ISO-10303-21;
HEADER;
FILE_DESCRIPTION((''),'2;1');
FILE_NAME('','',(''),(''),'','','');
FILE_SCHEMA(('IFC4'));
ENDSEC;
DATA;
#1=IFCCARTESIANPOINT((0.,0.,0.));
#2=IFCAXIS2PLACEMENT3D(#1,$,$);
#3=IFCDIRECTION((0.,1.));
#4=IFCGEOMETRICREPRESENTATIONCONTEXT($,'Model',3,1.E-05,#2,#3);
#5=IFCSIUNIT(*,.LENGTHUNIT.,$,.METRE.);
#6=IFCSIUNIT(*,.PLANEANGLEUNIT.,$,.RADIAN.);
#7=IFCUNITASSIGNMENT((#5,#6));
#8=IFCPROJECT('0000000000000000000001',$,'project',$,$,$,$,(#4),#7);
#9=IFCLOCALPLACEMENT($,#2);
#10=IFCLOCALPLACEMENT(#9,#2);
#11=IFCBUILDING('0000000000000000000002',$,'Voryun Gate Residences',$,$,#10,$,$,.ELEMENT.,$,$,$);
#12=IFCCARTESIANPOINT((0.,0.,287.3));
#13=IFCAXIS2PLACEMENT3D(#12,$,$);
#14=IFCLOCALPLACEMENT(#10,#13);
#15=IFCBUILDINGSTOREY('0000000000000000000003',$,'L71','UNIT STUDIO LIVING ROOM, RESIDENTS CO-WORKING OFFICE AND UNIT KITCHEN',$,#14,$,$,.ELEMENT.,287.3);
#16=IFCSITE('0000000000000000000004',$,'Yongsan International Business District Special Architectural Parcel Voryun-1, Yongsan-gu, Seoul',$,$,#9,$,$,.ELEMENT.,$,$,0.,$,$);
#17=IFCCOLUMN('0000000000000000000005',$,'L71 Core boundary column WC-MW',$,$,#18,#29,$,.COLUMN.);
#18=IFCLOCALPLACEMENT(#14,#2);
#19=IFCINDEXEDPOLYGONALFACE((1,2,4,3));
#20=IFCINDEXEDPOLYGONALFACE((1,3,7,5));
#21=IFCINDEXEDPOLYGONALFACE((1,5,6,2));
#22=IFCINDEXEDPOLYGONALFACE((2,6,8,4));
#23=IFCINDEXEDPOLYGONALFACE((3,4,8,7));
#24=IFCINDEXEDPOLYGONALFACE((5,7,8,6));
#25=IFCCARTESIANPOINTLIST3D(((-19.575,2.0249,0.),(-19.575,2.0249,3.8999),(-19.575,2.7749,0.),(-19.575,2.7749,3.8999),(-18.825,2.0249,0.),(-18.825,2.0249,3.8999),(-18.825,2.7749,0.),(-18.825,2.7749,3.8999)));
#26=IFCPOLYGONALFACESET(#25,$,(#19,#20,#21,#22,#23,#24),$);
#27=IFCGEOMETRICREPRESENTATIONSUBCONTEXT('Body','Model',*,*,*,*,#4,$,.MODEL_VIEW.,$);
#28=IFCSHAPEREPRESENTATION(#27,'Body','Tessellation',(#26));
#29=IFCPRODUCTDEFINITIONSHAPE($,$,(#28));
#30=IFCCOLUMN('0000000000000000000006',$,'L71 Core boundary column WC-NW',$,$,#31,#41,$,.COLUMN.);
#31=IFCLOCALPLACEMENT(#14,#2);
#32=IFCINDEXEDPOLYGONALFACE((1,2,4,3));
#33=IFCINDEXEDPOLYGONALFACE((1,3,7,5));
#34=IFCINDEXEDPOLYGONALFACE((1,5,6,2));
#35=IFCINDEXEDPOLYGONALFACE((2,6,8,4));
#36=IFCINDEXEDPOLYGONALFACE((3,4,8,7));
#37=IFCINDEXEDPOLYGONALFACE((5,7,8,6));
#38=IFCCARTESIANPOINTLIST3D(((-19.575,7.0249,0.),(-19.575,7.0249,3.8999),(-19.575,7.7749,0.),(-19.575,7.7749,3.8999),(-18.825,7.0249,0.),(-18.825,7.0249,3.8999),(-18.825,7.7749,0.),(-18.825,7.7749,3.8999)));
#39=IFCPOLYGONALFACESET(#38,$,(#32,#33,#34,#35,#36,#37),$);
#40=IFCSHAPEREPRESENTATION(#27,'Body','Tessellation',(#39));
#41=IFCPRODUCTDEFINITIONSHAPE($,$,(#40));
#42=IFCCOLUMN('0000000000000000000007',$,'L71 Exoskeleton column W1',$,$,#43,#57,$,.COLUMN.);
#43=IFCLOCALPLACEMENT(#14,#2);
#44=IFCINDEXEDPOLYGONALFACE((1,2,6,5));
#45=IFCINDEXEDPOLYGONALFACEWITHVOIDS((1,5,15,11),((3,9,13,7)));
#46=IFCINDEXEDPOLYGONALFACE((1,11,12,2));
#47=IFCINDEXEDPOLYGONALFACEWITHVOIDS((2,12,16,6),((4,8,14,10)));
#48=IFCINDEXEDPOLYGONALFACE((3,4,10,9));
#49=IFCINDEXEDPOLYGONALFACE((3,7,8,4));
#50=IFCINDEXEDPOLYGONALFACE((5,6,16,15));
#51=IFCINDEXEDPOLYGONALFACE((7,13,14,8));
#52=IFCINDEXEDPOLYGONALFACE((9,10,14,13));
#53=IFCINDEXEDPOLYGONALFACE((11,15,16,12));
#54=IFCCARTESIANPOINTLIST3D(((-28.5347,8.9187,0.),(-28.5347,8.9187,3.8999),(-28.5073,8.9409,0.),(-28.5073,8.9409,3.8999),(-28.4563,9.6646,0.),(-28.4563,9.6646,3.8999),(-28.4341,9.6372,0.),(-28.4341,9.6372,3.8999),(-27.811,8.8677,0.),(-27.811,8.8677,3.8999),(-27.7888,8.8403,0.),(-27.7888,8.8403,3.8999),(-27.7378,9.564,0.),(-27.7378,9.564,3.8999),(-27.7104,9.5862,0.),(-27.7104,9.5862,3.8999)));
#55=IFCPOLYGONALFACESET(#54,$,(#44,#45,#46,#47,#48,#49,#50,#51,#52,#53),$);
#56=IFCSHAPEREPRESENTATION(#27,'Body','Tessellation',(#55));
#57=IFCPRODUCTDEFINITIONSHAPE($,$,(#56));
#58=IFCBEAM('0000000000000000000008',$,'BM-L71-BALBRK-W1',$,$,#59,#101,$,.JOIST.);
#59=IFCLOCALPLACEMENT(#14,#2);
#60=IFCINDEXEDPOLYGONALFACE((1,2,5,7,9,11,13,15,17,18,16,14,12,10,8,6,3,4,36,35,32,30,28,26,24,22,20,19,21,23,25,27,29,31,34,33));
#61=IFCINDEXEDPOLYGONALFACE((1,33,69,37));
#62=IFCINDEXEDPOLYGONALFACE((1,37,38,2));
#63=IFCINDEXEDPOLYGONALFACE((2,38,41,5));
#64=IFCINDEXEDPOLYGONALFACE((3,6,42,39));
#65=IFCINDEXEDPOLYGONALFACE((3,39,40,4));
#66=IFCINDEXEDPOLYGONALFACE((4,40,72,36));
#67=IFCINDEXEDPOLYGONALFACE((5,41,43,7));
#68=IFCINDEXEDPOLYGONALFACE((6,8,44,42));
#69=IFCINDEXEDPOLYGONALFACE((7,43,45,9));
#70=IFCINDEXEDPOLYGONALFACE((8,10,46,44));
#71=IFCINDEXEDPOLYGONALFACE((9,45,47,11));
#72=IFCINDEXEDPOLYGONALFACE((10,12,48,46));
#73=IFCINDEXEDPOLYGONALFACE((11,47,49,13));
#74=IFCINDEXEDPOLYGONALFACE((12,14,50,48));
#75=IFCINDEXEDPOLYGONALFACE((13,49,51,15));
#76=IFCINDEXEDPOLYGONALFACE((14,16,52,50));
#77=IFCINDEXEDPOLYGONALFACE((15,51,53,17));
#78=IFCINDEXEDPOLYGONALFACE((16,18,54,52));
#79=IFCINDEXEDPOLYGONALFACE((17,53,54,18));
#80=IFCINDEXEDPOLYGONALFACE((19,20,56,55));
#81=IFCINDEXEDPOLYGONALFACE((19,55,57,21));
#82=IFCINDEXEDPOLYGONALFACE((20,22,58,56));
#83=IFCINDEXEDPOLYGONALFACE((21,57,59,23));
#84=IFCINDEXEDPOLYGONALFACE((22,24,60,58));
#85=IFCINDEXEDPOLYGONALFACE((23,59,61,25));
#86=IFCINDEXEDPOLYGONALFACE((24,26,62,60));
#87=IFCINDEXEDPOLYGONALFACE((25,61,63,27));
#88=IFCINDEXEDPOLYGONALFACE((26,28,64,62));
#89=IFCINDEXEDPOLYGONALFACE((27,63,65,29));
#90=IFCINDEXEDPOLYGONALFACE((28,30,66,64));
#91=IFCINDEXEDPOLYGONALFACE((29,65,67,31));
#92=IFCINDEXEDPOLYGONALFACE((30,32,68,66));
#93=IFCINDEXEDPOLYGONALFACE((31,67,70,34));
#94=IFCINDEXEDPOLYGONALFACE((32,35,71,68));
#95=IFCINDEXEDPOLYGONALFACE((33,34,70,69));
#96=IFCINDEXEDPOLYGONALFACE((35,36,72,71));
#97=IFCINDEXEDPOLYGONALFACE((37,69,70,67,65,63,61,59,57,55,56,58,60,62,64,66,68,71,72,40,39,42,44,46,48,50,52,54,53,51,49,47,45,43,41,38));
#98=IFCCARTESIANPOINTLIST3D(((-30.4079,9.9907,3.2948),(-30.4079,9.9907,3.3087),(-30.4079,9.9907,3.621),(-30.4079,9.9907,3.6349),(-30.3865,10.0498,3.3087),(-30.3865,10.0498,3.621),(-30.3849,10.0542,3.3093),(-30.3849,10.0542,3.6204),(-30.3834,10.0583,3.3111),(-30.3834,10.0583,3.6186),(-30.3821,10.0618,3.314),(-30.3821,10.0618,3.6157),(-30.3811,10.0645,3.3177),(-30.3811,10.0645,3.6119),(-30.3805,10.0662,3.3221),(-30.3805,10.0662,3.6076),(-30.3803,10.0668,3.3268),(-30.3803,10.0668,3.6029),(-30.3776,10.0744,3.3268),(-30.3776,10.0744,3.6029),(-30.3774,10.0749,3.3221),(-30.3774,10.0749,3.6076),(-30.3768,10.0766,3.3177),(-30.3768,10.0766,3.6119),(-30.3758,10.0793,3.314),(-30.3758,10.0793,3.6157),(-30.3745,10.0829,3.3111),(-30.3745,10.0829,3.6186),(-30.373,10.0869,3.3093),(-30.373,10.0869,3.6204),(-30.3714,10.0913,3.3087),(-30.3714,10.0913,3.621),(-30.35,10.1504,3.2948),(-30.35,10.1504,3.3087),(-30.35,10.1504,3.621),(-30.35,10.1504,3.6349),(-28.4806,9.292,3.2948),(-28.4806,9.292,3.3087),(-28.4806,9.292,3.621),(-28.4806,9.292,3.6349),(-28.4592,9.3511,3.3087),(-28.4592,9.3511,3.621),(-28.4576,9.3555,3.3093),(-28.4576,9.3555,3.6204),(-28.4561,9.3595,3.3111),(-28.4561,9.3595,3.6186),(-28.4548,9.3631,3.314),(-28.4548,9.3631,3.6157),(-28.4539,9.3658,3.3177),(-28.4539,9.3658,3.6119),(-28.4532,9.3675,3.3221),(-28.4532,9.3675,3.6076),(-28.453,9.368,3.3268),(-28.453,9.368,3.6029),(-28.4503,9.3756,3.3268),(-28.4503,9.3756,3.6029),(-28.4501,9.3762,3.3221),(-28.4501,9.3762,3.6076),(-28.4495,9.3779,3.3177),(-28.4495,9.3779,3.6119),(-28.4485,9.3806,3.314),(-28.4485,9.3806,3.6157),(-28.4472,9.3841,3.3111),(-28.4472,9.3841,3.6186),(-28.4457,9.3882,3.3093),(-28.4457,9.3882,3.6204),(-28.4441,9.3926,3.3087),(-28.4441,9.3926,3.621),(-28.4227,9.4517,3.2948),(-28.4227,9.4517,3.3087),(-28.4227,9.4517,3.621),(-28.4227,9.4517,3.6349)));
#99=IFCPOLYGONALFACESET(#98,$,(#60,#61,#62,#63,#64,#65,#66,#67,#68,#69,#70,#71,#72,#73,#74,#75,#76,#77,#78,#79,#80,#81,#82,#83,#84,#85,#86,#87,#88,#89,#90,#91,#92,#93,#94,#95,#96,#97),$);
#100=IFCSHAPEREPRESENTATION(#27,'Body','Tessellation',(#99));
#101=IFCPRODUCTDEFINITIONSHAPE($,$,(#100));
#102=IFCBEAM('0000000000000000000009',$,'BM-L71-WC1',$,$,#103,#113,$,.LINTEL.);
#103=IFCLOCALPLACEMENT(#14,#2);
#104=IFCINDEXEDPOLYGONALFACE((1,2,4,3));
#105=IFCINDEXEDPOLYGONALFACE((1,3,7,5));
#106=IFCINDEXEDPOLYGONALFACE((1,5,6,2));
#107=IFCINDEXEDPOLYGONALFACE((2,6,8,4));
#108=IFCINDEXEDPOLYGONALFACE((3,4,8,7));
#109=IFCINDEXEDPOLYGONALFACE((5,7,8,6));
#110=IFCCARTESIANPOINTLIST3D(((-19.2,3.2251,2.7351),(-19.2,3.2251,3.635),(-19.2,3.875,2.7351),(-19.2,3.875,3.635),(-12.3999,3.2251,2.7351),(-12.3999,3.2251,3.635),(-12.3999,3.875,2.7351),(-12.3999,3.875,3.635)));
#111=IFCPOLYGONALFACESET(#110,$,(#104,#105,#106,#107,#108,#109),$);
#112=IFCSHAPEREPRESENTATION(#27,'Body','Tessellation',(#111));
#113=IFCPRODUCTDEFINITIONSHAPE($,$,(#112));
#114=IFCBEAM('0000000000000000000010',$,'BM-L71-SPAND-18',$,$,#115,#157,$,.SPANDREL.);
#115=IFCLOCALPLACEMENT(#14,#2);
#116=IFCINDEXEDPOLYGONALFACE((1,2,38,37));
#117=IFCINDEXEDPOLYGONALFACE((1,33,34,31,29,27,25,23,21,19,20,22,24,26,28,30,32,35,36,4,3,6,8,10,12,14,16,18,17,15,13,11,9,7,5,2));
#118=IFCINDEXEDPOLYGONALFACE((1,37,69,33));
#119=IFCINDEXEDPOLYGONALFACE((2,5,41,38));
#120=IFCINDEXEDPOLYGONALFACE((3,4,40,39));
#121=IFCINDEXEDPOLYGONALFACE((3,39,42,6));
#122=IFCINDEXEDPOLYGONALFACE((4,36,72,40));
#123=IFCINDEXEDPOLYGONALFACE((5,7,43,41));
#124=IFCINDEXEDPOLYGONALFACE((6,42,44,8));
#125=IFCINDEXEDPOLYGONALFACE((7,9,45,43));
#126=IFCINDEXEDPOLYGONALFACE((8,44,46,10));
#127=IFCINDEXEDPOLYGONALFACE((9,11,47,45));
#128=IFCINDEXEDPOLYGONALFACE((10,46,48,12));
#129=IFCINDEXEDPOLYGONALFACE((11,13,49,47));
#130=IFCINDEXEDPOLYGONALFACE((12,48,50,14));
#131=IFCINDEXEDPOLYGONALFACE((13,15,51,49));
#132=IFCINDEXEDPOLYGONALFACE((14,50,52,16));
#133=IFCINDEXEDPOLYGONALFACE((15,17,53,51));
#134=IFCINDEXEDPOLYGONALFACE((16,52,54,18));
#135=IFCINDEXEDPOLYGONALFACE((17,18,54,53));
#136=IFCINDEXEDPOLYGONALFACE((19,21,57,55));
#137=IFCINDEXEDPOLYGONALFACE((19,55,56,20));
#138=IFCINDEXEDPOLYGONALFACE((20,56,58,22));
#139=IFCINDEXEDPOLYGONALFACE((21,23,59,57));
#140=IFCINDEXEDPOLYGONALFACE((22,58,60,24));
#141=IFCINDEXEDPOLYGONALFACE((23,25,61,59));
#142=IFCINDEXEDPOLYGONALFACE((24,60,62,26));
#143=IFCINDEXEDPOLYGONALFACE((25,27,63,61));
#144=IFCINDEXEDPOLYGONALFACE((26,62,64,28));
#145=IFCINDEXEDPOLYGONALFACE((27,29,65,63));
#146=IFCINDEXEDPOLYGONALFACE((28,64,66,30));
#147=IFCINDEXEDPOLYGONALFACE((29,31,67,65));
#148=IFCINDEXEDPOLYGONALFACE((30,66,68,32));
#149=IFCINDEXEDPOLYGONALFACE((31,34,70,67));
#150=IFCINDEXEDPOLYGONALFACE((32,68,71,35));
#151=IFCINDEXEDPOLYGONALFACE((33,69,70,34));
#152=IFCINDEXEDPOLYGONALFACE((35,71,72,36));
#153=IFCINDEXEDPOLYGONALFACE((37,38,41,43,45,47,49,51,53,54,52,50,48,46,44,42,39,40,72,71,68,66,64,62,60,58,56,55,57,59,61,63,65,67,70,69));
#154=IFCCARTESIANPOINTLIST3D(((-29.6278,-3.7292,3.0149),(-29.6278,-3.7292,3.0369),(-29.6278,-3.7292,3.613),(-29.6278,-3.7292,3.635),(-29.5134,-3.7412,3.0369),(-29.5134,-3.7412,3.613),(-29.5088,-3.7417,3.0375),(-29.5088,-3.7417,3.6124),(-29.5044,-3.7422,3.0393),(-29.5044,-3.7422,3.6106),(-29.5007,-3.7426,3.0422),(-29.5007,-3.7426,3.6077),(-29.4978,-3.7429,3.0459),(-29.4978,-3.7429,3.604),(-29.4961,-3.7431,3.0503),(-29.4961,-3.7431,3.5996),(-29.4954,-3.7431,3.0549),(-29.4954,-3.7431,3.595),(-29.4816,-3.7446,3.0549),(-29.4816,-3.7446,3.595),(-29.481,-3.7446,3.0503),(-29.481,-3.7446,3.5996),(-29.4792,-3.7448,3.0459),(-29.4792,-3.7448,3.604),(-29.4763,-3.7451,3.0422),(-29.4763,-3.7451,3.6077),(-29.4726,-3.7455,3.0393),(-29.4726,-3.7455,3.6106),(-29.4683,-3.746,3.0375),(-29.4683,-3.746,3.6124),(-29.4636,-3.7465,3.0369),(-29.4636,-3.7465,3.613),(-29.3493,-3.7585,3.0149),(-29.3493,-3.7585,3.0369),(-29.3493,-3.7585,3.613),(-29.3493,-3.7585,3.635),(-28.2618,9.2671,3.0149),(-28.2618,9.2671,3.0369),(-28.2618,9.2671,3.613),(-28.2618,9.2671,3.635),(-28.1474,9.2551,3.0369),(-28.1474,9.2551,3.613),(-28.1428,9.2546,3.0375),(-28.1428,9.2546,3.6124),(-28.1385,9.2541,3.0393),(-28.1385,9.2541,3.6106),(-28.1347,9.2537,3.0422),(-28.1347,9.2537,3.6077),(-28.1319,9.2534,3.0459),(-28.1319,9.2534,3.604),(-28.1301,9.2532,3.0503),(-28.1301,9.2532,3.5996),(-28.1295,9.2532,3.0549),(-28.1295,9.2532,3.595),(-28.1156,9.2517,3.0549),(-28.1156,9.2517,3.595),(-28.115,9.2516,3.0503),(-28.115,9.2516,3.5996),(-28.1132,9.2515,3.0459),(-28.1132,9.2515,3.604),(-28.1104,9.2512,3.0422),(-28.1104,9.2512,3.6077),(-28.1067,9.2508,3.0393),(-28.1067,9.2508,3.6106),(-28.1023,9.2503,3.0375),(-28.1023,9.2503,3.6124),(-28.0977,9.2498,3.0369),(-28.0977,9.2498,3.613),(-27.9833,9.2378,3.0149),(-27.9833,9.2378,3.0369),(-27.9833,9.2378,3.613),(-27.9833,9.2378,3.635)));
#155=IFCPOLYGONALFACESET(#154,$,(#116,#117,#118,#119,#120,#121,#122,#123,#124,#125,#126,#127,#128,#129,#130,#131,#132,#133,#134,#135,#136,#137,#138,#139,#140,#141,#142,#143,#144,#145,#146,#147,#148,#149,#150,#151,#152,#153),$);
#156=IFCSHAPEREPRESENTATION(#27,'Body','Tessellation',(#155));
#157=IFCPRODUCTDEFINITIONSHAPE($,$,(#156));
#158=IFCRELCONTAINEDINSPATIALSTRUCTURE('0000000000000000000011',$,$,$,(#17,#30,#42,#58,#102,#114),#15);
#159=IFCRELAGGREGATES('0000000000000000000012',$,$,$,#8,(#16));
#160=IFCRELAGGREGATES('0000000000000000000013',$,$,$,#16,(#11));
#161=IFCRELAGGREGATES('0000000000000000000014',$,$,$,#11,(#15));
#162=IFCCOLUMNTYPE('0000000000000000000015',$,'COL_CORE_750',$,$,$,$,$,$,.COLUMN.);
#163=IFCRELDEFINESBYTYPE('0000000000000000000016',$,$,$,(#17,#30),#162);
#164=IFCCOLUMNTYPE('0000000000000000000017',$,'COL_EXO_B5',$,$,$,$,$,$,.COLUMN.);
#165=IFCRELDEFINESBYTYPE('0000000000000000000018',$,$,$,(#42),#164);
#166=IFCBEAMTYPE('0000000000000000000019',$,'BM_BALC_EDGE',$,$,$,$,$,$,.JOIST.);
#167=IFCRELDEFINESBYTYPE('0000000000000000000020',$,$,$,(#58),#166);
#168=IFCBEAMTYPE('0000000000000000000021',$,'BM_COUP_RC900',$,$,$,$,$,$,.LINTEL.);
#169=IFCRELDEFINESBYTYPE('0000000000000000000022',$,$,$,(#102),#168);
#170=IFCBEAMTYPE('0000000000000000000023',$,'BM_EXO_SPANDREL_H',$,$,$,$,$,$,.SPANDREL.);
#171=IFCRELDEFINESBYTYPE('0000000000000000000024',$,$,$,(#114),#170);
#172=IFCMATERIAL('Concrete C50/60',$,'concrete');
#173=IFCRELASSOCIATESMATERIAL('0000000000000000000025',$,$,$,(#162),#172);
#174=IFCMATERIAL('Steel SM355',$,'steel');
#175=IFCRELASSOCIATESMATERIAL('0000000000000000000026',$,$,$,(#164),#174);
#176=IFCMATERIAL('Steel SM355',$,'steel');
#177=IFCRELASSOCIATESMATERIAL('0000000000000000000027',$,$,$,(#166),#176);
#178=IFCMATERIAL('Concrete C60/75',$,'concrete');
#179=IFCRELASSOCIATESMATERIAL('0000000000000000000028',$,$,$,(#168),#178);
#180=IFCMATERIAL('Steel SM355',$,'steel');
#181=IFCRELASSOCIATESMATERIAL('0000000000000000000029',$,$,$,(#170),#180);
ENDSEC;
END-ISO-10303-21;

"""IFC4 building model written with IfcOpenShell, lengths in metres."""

from ifc_helpers import new_model, si_unit, direction, frame, origin, origin_2d, place, context, subcontext, project, spatial, rectangle, hollow_rectangle, i_section, extrude, material, material_profile, profile_set, type_object, element, save


model = new_model("IFC4")

# Units and contexts
model_context = context("Model", 3, precision=1e-05, world=origin(), true_north=direction((0.0, 1.0)))
body_context = subcontext(model_context, "Body", "Model", "MODEL_VIEW")
ifc_project = project(units=[si_unit("LENGTHUNIT", "METRE"), si_unit("PLANEANGLEUNIT", "RADIAN")], contexts=[model_context])

# Site, building, storey
site_placement = place(None, origin())
site = spatial("IfcSite", under=ifc_project, at=site_placement, Name="Yongsan International Business District Special Architectural Parcel Voryun-1, Yongsan-gu, Seoul", CompositionType="ELEMENT", RefElevation=0.0)
building_placement = place(site_placement, origin())
building = spatial("IfcBuilding", under=site, at=building_placement, Name="Voryun Gate Residences", CompositionType="ELEMENT")
storey_placement = place(building_placement, frame((0.0, 0.0, 287.3)))
storey = spatial("IfcBuildingStorey", under=building, at=storey_placement, Name="L71", Description="UNIT STUDIO LIVING ROOM, RESIDENTS CO-WORKING OFFICE AND UNIT KITCHEN", CompositionType="ELEMENT", Elevation=287.3)

# Columns
ifc_material_1 = material(Name="Concrete C50/60", Category="concrete")
ifc_material_profile_1 = material_profile(ifc_material_1, rectangle(XDim=0.75, YDim=0.75, at=origin_2d()), Name="RC-750x750")
ifc_profile_set_1 = profile_set([ifc_material_profile_1], Name="Concrete C50/60")
column_type_1 = type_object("IfcColumnType", Name="COL_CORE_750", PredefinedType="COLUMN", material=ifc_profile_set_1)
for number, where, z_axis, x_axis, name in (
    (1, (-19.2, 2.3999, 0.0), (0.0, 0.0, 1.0), (1.0, 0.0, 0.0), "L71 Core boundary column WC-MW"),
    (2, (-19.2, 7.3999, 0.0), (0.0, 0.0, 1.0), (1.0, 0.0, 0.0), "L71 Core boundary column WC-NW"),
):
    element("IfcColumn", number, at=place(storey_placement, frame(where, z_axis=z_axis, x_axis=x_axis)), inside=storey, type_object=column_type_1, Name=name, PredefinedType="COLUMN", context=body_context, shape_type="SweptSolid", body=[
        extrude(rectangle(XDim=0.75, YDim=0.75, at=origin_2d()), origin(), (0.0, 0.0, 1.0), 3.8999),
    ])
ifc_material_2 = material(Name="Steel SM355", Category="steel")
ifc_material_profile_2 = material_profile(ifc_material_2, hollow_rectangle(XDim=0.75, YDim=0.75, WallThickness=0.0249, at=origin_2d()), Name="BOX-750x750x25")
ifc_profile_set_2 = profile_set([ifc_material_profile_2], Name="Steel SM355")
column_type_2 = type_object("IfcColumnType", Name="COL_EXO_B5", PredefinedType="COLUMN", material=ifc_profile_set_2)
column_placement = place(storey_placement, frame((-28.1226, 9.2524, 0.0), z_axis=(0.0, 0.0, 1.0), x_axis=(0.994522, -0.104528, 0.0)))
element("IfcColumn", 3, at=column_placement, inside=storey, type_object=column_type_2, Name="L71 Exoskeleton column W1", PredefinedType="COLUMN", context=body_context, shape_type="SweptSolid", body=[
    extrude(hollow_rectangle(XDim=0.75, YDim=0.75, WallThickness=0.0249, at=origin_2d()), origin(), (0.0, 0.0, 1.0), 3.8999),
])

# Beams
ifc_material_3 = material(Name="Steel SM355", Category="steel")
ifc_material_profile_3 = material_profile(ifc_material_3, i_section(OverallWidth=0.1699, OverallDepth=0.3401, WebThickness=0.0081, FlangeThickness=0.0139, FilletRadius=0.0181, at=origin_2d()), Name="H-340x170x8x14")
ifc_profile_set_3 = profile_set([ifc_material_profile_3], Name="Steel SM355")
beam_type_1 = type_object("IfcBeamType", Name="BM_BALC_EDGE", PredefinedType="JOIST", material=ifc_profile_set_3)
beam_1_placement = place(storey_placement, frame((-28.4517, 9.3718, 3.4648), z_axis=(-0.94012, 0.340844, 0.0), x_axis=(-0.340844, -0.94012, 0.0)))
element("IfcBeam", 4, at=beam_1_placement, inside=storey, type_object=beam_type_1, Name="BM-L71-BALBRK-W1", PredefinedType="JOIST", context=body_context, shape_type="SweptSolid", body=[
    extrude(i_section(OverallWidth=0.1699, OverallDepth=0.3401, WebThickness=0.0081, FlangeThickness=0.0139, FilletRadius=0.0181, at=origin_2d()), origin(), (0.0, 0.0, 1.0), 2.05),
])
ifc_material_4 = material(Name="Concrete C60/75", Category="concrete")
ifc_material_profile_4 = material_profile(ifc_material_4, rectangle(XDim=0.6499, YDim=0.8999, at=origin_2d()), Name="RC-650x900")
ifc_profile_set_4 = profile_set([ifc_material_profile_4], Name="Concrete C60/75")
beam_type_2 = type_object("IfcBeamType", Name="BM_COUP_RC900", PredefinedType="LINTEL", material=ifc_profile_set_4)
beam_2_placement = place(storey_placement, frame((-19.2, 3.55, 3.1851), z_axis=(1.0, 0.0, 0.0), x_axis=(0.0, 1.0, 0.0)))
element("IfcBeam", 5, at=beam_2_placement, inside=storey, type_object=beam_type_2, Name="BM-L71-WC1", PredefinedType="LINTEL", context=body_context, shape_type="SweptSolid", body=[
    extrude(rectangle(XDim=0.6499, YDim=0.8999, at=origin_2d()), origin(), (0.0, 0.0, 1.0), 6.8),
])
ifc_material_5 = material(Name="Steel SM355", Category="steel")
ifc_material_profile_5 = material_profile(ifc_material_5, i_section(OverallWidth=0.28, OverallDepth=0.6201, WebThickness=0.0139, FlangeThickness=0.022, FilletRadius=0.0181, at=origin_2d()), Name="H-620x280x14x22")
ifc_profile_set_5 = profile_set([ifc_material_profile_5], Name="Steel SM355")
beam_type_3 = type_object("IfcBeamType", Name="BM_EXO_SPANDREL_H", PredefinedType="SPANDREL", material=ifc_profile_set_5)
beam_3_placement = place(storey_placement, frame((-28.1226, 9.2524, 3.325), z_axis=(-0.104528, -0.994522, 0.0), x_axis=(0.994522, -0.104528, 0.0)))
element("IfcBeam", 6, at=beam_3_placement, inside=storey, type_object=beam_type_3, Name="BM-L71-SPAND-18", PredefinedType="SPANDREL", context=body_context, shape_type="SweptSolid", body=[
    extrude(i_section(OverallWidth=0.28, OverallDepth=0.6201, WebThickness=0.0139, FlangeThickness=0.022, FilletRadius=0.0181, at=origin_2d()), origin(), (0.0, 0.0, 1.0), 13.0679),
])

save(model, "model.ifc")
